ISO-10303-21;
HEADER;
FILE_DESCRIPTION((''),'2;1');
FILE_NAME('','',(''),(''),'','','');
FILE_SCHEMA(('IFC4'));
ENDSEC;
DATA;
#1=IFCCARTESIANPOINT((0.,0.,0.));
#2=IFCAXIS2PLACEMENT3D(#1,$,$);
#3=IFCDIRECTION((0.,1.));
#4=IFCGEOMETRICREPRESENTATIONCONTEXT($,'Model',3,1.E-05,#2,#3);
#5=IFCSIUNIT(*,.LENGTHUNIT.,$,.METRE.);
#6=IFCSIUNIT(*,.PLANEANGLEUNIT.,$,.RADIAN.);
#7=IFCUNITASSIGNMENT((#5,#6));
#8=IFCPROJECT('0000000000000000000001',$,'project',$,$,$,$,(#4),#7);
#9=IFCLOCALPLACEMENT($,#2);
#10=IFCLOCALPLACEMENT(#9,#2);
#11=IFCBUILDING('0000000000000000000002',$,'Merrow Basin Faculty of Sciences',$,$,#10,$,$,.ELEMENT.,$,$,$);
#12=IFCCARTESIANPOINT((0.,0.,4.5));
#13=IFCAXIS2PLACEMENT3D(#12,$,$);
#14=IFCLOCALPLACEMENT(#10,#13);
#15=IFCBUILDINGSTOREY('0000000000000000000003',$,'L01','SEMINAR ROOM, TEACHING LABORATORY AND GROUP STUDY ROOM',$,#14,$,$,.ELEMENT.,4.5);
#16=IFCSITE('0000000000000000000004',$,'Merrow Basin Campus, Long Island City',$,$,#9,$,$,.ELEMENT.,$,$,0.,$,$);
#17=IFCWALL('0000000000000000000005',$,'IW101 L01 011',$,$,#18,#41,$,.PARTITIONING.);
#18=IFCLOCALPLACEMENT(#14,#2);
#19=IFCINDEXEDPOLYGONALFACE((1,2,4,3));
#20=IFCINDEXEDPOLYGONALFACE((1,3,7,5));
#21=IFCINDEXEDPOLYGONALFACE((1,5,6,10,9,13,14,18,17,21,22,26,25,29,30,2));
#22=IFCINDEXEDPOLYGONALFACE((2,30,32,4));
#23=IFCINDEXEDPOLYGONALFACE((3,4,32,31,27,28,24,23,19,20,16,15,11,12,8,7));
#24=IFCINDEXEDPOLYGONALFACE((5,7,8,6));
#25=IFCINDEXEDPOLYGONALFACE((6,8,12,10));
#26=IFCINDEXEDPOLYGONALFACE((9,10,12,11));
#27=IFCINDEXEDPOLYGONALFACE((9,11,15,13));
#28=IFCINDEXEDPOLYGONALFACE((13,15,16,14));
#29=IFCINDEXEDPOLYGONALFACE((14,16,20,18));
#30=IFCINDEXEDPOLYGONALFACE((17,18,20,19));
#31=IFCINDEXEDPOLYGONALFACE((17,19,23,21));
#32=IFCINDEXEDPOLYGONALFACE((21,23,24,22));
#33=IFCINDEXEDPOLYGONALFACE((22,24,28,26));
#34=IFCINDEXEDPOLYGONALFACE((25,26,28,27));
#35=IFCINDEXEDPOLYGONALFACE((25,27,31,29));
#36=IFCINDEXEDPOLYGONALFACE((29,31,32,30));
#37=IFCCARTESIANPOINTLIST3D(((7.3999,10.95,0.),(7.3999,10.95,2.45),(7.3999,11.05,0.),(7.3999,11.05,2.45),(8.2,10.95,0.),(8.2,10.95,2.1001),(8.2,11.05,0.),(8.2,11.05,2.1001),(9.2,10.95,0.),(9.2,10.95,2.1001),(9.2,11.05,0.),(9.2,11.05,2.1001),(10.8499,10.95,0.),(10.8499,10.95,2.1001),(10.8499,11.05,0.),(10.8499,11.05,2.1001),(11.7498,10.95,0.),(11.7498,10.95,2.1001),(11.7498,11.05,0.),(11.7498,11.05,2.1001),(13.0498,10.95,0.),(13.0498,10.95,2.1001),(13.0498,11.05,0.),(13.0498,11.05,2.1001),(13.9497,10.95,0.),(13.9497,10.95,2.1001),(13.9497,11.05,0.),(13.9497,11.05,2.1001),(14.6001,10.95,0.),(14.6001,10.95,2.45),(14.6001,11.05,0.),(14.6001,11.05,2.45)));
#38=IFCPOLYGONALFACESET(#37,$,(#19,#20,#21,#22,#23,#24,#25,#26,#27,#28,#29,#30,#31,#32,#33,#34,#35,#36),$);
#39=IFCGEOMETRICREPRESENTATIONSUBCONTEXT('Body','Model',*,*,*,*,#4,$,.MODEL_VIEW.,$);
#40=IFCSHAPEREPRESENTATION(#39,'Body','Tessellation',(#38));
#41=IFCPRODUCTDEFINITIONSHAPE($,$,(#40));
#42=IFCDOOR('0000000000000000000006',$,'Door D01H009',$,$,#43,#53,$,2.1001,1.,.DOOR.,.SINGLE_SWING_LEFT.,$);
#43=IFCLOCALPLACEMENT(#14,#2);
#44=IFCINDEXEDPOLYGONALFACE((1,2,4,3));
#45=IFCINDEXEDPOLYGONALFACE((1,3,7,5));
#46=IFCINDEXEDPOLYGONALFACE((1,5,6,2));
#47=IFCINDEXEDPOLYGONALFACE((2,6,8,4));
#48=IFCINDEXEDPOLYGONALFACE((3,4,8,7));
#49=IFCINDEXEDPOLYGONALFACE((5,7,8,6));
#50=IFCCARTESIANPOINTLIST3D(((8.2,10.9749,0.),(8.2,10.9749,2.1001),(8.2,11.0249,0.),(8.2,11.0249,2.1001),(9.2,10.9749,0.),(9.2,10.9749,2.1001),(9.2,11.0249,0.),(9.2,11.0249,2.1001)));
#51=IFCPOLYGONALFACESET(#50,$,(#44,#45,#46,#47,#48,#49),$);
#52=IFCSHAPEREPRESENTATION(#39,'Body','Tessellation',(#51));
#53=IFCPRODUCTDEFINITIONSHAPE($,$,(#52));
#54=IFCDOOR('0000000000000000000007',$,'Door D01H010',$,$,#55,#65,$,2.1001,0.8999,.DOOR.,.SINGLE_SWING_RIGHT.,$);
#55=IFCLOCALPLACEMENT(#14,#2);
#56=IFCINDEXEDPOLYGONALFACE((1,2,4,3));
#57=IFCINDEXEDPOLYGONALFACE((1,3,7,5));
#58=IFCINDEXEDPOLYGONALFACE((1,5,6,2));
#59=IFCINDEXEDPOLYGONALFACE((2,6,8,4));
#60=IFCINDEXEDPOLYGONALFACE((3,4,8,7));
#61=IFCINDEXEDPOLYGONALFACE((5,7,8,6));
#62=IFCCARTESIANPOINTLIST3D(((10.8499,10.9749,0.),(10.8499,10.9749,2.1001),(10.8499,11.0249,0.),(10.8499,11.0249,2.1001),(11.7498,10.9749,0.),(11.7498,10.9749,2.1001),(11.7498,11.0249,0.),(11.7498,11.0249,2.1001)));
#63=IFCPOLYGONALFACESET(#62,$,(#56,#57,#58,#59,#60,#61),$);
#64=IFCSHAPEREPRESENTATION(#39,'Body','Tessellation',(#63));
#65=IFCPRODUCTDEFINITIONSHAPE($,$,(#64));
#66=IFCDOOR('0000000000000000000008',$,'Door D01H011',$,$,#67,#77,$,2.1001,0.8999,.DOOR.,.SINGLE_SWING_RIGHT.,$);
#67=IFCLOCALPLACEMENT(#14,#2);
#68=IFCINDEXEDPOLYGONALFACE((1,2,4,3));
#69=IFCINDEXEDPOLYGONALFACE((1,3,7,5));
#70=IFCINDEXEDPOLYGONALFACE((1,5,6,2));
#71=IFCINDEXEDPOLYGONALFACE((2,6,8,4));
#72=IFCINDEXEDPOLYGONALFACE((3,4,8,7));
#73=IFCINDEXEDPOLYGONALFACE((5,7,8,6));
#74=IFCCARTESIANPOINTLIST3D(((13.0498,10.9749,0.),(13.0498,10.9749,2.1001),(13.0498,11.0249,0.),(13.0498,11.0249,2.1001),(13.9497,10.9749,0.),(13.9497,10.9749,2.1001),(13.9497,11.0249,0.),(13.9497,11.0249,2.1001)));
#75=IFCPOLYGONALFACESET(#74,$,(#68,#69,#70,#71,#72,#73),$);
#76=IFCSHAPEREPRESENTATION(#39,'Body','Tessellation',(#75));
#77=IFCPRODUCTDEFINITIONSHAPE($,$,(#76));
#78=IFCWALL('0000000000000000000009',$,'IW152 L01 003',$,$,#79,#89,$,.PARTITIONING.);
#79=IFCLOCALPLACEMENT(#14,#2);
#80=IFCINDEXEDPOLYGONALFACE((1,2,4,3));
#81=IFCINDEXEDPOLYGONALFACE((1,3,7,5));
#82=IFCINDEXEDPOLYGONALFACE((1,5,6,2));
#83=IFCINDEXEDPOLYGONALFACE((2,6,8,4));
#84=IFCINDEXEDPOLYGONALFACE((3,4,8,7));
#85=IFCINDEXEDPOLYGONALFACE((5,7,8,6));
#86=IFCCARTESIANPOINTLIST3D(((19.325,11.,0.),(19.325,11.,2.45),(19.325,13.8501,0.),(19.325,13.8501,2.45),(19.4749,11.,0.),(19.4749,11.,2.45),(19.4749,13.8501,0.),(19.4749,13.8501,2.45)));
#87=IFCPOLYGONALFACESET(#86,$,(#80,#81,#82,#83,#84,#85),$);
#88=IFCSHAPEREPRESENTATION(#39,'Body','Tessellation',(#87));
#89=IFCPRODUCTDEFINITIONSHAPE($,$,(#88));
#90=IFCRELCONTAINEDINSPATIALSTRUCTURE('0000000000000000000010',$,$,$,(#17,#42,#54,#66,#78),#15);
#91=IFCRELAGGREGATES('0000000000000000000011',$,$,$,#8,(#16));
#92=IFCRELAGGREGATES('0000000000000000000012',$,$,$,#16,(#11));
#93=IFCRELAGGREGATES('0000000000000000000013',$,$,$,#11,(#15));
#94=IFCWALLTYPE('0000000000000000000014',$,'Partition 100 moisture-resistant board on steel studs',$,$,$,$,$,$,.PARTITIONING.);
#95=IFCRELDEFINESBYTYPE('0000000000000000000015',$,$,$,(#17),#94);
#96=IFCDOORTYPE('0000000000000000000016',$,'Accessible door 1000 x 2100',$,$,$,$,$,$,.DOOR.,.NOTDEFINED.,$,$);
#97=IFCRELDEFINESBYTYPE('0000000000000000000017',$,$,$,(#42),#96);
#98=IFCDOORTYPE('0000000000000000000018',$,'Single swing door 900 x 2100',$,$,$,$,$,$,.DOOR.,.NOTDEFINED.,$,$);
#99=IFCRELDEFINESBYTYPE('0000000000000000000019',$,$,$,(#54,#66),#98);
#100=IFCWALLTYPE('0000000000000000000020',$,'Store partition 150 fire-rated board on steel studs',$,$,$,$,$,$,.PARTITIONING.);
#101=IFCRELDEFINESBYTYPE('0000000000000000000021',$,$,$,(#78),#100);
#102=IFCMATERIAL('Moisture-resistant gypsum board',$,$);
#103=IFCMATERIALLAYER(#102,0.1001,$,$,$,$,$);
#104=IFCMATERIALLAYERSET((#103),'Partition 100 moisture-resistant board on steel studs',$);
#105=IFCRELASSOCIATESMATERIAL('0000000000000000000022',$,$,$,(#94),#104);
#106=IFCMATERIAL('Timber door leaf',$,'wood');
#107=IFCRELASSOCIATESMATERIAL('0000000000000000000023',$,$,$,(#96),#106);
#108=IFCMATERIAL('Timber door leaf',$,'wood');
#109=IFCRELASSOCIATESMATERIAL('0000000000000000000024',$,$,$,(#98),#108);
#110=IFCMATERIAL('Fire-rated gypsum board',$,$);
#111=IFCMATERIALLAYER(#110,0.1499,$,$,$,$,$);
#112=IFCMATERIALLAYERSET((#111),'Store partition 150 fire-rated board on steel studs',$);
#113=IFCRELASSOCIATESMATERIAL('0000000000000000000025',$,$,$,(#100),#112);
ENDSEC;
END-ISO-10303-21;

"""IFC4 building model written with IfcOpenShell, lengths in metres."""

from ifc_helpers import new_model, si_unit, direction, frame, frame_2d, origin, place, context, subcontext, project, spatial, rectangle, extrude, material, layer, layer_set, type_object, element, fill, save


model = new_model("IFC4")

# Units and contexts
model_context = context("Model", 3, precision=1e-05, world=origin(), true_north=direction((0.0, 1.0)))
body_context = subcontext(model_context, "Body", "Model", "MODEL_VIEW")
ifc_project = project(units=[si_unit("LENGTHUNIT", "METRE"), si_unit("PLANEANGLEUNIT", "RADIAN")], contexts=[model_context])

# Site, building, storey
site_placement = place(None, origin())
site = spatial("IfcSite", under=ifc_project, at=site_placement, Name="Merrow Basin Campus, Long Island City", CompositionType="ELEMENT", RefElevation=0.0)
building_placement = place(site_placement, origin())
building = spatial("IfcBuilding", under=site, at=building_placement, Name="Merrow Basin Faculty of Sciences", CompositionType="ELEMENT")
storey_placement = place(building_placement, frame((0.0, 0.0, 4.5)))
storey = spatial("IfcBuildingStorey", under=building, at=storey_placement, Name="L01", Description="SEMINAR ROOM, TEACHING LABORATORY AND GROUP STUDY ROOM", CompositionType="ELEMENT", Elevation=4.5)

# Shared definitions
ifc_material_1 = material(Name="Moisture-resistant gypsum board")
ifc_layer_1 = layer(ifc_material_1, 0.1001)
ifc_layer_set_1 = layer_set([ifc_layer_1], Name="Partition 100 moisture-resistant board on steel studs")
wall_type_1 = type_object("IfcWallType", Name="Partition 100 moisture-resistant board on steel studs", PredefinedType="PARTITIONING", material=ifc_layer_set_1)

# Wall, openings, doors
wall_1_placement = place(storey_placement, frame((7.3999, 11.0, 0.0), z_axis=(0.0, 0.0, 1.0), x_axis=(1.0, 0.0, 0.0)))
wall_1 = element("IfcWall", 1, at=wall_1_placement, inside=storey, type_object=wall_type_1, Name="IW101 L01 011", PredefinedType="PARTITIONING", context=body_context, shape_type="SweptSolid", body=[
    extrude(rectangle(XDim=7.2002, YDim=0.1001, at=frame_2d((3.6001, 0.0))), origin(), (0.0, 0.0, 1.0), 2.45),
])
opening_1_placement = place(wall_1_placement, frame((0.8, 0.0, 0.0)))
opening_1 = element("IfcOpeningElement", 2, at=opening_1_placement, cuts=wall_1, PredefinedType="OPENING", context=body_context, shape_type="SweptSolid", body=[
    extrude(rectangle(XDim=1.0, YDim=2.1001, at=frame_2d((0.5, 1.05))), frame((0.0, 0.0601, 0.0), z_axis=(0.0, -1.0, 0.0), x_axis=(1.0, 0.0, 0.0)), (0.0, 0.0, 1.0), 0.1201),
])
opening_2_placement = place(wall_1_placement, frame((3.45, 0.0, 0.0)))
opening_2 = element("IfcOpeningElement", 3, at=opening_2_placement, cuts=wall_1, PredefinedType="OPENING", context=body_context, shape_type="SweptSolid", body=[
    extrude(rectangle(XDim=0.8999, YDim=2.1001, at=frame_2d((0.45, 1.05))), frame((0.0, 0.0601, 0.0), z_axis=(0.0, -1.0, 0.0), x_axis=(1.0, 0.0, 0.0)), (0.0, 0.0, 1.0), 0.1201),
])
opening_3_placement = place(wall_1_placement, frame((5.6499, 0.0, 0.0)))
opening_3 = element("IfcOpeningElement", 4, at=opening_3_placement, cuts=wall_1, PredefinedType="OPENING", context=body_context, shape_type="SweptSolid", body=[
    extrude(rectangle(XDim=0.8999, YDim=2.1001, at=frame_2d((0.45, 1.05))), frame((0.0, 0.0601, 0.0), z_axis=(0.0, -1.0, 0.0), x_axis=(1.0, 0.0, 0.0)), (0.0, 0.0, 1.0), 0.1201),
])
ifc_material_2 = material(Name="Timber door leaf", Category="wood")
door_type_1 = type_object("IfcDoorType", Name="Accessible door 1000 x 2100", OperationType="NOTDEFINED", PredefinedType="DOOR", material=ifc_material_2)
door_1_placement = place(opening_1_placement, origin())
door_1 = element("IfcDoor", 5, at=door_1_placement, inside=storey, type_object=door_type_1, Name="Door D01H009", OperationType="SINGLE_SWING_LEFT", OverallHeight=2.1001, OverallWidth=1.0, PredefinedType="DOOR", context=body_context, shape_type="SweptSolid", body=[
    extrude(rectangle(XDim=1.0, YDim=2.1001, at=frame_2d((0.5, 1.05))), frame((0.0, 0.0249, 0.0), z_axis=(0.0, -1.0, 0.0), x_axis=(1.0, 0.0, 0.0)), (0.0, 0.0, 1.0), 0.05),
])
fill(opening_1, door_1)
ifc_material_3 = material(Name="Timber door leaf", Category="wood")
door_type_2 = type_object("IfcDoorType", Name="Single swing door 900 x 2100", OperationType="NOTDEFINED", PredefinedType="DOOR", material=ifc_material_3)
door_2_placement = place(opening_2_placement, origin())
door_2 = element("IfcDoor", 6, at=door_2_placement, inside=storey, type_object=door_type_2, Name="Door D01H010", OperationType="SINGLE_SWING_RIGHT", OverallHeight=2.1001, OverallWidth=0.8999, PredefinedType="DOOR", context=body_context, shape_type="SweptSolid", body=[
    extrude(rectangle(XDim=0.8999, YDim=2.1001, at=frame_2d((0.45, 1.05))), frame((0.0, 0.0249, 0.0), z_axis=(0.0, -1.0, 0.0), x_axis=(1.0, 0.0, 0.0)), (0.0, 0.0, 1.0), 0.05),
])
fill(opening_2, door_2)
door_3_placement = place(opening_3_placement, origin())
door_3 = element("IfcDoor", 7, at=door_3_placement, inside=storey, type_object=door_type_2, Name="Door D01H011", OperationType="SINGLE_SWING_RIGHT", OverallHeight=2.1001, OverallWidth=0.8999, PredefinedType="DOOR", context=body_context, shape_type="SweptSolid", body=[
    extrude(rectangle(XDim=0.8999, YDim=2.1001, at=frame_2d((0.45, 1.05))), frame((0.0, 0.0249, 0.0), z_axis=(0.0, -1.0, 0.0), x_axis=(1.0, 0.0, 0.0)), (0.0, 0.0, 1.0), 0.05),
])
fill(opening_3, door_3)

# Wall
ifc_material_4 = material(Name="Fire-rated gypsum board")
ifc_layer_2 = layer(ifc_material_4, 0.1499)
ifc_layer_set_2 = layer_set([ifc_layer_2], Name="Store partition 150 fire-rated board on steel studs")
wall_type_2 = type_object("IfcWallType", Name="Store partition 150 fire-rated board on steel studs", PredefinedType="PARTITIONING", material=ifc_layer_set_2)
wall_2_placement = place(storey_placement, frame((19.3999, 11.0, 0.0), z_axis=(0.0, 0.0, 1.0), x_axis=(0.0, 1.0, 0.0)))
element("IfcWall", 8, at=wall_2_placement, inside=storey, type_object=wall_type_2, Name="IW152 L01 003", PredefinedType="PARTITIONING", context=body_context, shape_type="SweptSolid", body=[
    extrude(rectangle(XDim=2.8501, YDim=0.1499, at=frame_2d((1.425, 0.0))), origin(), (0.0, 0.0, 1.0), 2.45),
])

save(model, "model.ifc")
